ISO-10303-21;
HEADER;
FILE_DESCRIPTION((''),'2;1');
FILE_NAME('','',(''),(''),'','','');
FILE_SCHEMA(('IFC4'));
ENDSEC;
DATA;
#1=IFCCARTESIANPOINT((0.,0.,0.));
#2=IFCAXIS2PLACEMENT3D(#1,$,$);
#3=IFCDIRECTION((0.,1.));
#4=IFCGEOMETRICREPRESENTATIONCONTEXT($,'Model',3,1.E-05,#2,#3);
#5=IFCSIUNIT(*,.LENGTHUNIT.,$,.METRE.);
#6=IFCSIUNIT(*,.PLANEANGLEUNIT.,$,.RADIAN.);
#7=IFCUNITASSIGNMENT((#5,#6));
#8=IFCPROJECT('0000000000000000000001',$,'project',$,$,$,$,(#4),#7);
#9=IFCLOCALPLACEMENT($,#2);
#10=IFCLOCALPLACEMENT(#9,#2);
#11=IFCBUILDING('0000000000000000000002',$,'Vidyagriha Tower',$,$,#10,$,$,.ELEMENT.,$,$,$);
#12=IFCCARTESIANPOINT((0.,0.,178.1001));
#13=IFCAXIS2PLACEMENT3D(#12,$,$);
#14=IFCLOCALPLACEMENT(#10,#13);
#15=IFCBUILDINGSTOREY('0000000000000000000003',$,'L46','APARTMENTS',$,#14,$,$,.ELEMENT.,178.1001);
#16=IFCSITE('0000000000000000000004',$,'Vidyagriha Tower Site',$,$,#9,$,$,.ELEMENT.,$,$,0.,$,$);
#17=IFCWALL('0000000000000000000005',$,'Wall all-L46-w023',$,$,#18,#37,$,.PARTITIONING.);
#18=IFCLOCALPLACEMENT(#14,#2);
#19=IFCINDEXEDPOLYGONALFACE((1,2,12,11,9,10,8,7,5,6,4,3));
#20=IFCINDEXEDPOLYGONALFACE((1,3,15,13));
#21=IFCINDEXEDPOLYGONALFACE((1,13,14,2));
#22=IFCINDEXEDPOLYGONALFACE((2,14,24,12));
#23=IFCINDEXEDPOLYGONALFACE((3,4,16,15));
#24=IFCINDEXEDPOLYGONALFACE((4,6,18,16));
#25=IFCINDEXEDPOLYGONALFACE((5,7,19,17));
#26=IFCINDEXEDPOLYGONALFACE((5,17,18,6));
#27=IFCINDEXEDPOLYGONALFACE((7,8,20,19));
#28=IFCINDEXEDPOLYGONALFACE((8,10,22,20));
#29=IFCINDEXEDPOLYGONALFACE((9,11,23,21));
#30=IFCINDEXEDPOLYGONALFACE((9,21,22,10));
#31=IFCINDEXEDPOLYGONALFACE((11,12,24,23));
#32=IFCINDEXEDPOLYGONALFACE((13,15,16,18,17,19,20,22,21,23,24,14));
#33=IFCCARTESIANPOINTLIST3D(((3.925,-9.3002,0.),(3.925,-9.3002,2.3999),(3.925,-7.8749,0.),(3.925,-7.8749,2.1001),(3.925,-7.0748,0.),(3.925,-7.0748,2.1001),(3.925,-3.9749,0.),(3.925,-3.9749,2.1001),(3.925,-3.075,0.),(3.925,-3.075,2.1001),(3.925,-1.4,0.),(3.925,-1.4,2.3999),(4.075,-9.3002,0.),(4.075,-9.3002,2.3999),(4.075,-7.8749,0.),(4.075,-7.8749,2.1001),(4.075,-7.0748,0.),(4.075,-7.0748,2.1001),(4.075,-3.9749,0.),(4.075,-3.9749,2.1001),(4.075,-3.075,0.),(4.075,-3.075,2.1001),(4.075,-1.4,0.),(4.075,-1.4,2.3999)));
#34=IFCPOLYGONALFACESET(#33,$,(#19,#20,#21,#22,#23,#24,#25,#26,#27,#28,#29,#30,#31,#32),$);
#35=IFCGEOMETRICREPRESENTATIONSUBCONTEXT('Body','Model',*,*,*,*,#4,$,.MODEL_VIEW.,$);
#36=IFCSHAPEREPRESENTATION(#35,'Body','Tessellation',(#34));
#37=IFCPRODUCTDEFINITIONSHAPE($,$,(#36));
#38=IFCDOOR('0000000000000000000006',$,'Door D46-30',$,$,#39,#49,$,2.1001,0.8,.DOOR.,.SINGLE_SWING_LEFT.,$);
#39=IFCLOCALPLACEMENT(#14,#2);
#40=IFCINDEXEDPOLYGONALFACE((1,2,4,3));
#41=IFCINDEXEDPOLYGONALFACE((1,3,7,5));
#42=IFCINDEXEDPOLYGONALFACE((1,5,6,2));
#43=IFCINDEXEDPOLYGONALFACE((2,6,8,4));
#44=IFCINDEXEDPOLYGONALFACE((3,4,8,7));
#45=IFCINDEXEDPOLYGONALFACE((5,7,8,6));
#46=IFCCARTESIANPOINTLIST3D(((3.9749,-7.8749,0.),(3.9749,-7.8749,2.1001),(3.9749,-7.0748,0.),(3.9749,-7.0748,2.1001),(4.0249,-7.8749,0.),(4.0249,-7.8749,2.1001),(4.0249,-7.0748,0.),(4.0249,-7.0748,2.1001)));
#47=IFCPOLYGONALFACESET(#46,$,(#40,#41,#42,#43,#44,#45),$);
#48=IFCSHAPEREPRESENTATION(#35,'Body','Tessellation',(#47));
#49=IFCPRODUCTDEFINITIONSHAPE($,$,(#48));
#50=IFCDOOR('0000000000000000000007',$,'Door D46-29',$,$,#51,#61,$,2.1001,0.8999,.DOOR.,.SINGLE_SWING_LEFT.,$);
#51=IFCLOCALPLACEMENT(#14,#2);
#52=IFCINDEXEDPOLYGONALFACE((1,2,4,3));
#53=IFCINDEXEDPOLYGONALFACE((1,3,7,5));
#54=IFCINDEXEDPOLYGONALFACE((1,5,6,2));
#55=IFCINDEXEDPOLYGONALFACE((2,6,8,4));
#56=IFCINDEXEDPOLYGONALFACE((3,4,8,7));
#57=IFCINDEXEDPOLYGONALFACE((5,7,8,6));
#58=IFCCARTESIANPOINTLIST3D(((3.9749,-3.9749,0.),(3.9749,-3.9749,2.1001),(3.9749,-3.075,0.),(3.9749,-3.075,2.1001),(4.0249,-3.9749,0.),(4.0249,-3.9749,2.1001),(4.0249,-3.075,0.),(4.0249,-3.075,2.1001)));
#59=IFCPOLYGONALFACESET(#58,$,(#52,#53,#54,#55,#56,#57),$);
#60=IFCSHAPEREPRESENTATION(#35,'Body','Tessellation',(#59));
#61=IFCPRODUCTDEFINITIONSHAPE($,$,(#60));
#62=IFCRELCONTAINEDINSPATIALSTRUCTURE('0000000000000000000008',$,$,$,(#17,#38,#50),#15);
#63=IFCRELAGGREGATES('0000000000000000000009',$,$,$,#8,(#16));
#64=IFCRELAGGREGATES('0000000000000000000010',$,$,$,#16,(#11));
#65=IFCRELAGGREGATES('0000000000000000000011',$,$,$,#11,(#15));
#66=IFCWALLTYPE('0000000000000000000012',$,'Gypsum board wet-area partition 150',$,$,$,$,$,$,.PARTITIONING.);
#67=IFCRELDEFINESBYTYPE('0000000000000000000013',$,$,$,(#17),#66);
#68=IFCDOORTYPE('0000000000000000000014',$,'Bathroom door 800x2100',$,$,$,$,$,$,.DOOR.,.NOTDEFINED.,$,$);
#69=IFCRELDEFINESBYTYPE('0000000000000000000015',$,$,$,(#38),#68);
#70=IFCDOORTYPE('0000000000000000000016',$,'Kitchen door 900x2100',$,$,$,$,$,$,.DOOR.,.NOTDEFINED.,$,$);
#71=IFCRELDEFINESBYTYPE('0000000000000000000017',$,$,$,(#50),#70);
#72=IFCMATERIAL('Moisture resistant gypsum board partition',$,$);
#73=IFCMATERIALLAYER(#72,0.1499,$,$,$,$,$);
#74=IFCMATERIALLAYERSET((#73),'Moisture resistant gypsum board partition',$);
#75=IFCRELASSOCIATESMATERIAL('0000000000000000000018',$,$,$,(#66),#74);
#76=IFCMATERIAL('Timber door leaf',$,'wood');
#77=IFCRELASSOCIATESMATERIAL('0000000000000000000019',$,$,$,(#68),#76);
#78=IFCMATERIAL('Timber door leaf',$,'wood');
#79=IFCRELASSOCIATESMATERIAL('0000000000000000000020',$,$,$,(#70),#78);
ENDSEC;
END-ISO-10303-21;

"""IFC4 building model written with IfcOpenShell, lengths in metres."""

from ifc_helpers import new_model, si_unit, direction, frame, frame_2d, origin, place, context, subcontext, project, spatial, rectangle, extrude, material, layer, layer_set, type_object, element, fill, save


model = new_model("IFC4")

# Units and contexts
model_context = context("Model", 3, precision=1e-05, world=origin(), true_north=direction((0.0, 1.0)))
body_context = subcontext(model_context, "Body", "Model", "MODEL_VIEW")
ifc_project = project(units=[si_unit("LENGTHUNIT", "METRE"), si_unit("PLANEANGLEUNIT", "RADIAN")], contexts=[model_context])

# Site, building, storey
site_placement = place(None, origin())
site = spatial("IfcSite", under=ifc_project, at=site_placement, Name="Vidyagriha Tower Site", CompositionType="ELEMENT", RefElevation=0.0)
building_placement = place(site_placement, origin())
building = spatial("IfcBuilding", under=site, at=building_placement, Name="Vidyagriha Tower", CompositionType="ELEMENT")
storey_placement = place(building_placement, frame((0.0, 0.0, 178.1001)))
storey = spatial("IfcBuildingStorey", under=building, at=storey_placement, Name="L46", Description="APARTMENTS", CompositionType="ELEMENT", Elevation=178.1001)

# Wall, openings, doors
ifc_material_1 = material(Name="Moisture resistant gypsum board partition")
ifc_layer_1 = layer(ifc_material_1, 0.1499)
ifc_layer_set_1 = layer_set([ifc_layer_1], Name="Moisture resistant gypsum board partition")
wall_type_1 = type_object("IfcWallType", Name="Gypsum board wet-area partition 150", PredefinedType="PARTITIONING", material=ifc_layer_set_1)
wall_1_placement = place(storey_placement, frame((4.0, -1.3999, 0.0), z_axis=(0.0, 0.0, 1.0), x_axis=(0.0, -1.0, 0.0)))
wall_1 = element("IfcWall", 1, at=wall_1_placement, inside=storey, type_object=wall_type_1, Name="Wall all-L46-w023", PredefinedType="PARTITIONING", context=body_context, shape_type="SweptSolid", body=[
    extrude(rectangle(XDim=7.9001, YDim=0.1499, at=frame_2d((3.9502, 0.0))), origin(), (0.0, 0.0, 1.0), 2.3999),
])
opening_1_placement = place(wall_1_placement, frame((1.675, 0.0, 0.0)))
opening_1 = element("IfcOpeningElement", 2, at=opening_1_placement, cuts=wall_1, PredefinedType="OPENING", context=body_context, shape_type="SweptSolid", body=[
    extrude(rectangle(XDim=0.8999, YDim=2.1001, at=frame_2d((0.45, 1.05))), frame((0.0, 0.085, 0.0), z_axis=(0.0, -1.0, 0.0), x_axis=(1.0, 0.0, 0.0)), (0.0, 0.0, 1.0), 0.1699),
])
opening_2_placement = place(wall_1_placement, frame((5.675, 0.0, 0.0)))
opening_2 = element("IfcOpeningElement", 3, at=opening_2_placement, cuts=wall_1, PredefinedType="OPENING", context=body_context, shape_type="SweptSolid", body=[
    extrude(rectangle(XDim=0.8, YDim=2.1001, at=frame_2d((0.3999, 1.05))), frame((0.0, 0.085, 0.0), z_axis=(0.0, -1.0, 0.0), x_axis=(1.0, 0.0, 0.0)), (0.0, 0.0, 1.0), 0.1699),
])
ifc_material_2 = material(Name="Timber door leaf", Category="wood")
door_type_1 = type_object("IfcDoorType", Name="Bathroom door 800x2100", OperationType="NOTDEFINED", PredefinedType="DOOR", material=ifc_material_2)
door_1_placement = place(opening_2_placement, origin())
door_1 = element("IfcDoor", 4, at=door_1_placement, inside=storey, type_object=door_type_1, Name="Door D46-30", OperationType="SINGLE_SWING_LEFT", OverallHeight=2.1001, OverallWidth=0.8, PredefinedType="DOOR", context=body_context, shape_type="SweptSolid", body=[
    extrude(rectangle(XDim=0.8, YDim=2.1001, at=frame_2d((0.3999, 1.05))), frame((0.0, 0.0249, 0.0), z_axis=(0.0, -1.0, 0.0), x_axis=(1.0, 0.0, 0.0)), (0.0, 0.0, 1.0), 0.05),
])
fill(opening_2, door_1)
ifc_material_3 = material(Name="Timber door leaf", Category="wood")
door_type_2 = type_object("IfcDoorType", Name="Kitchen door 900x2100", OperationType="NOTDEFINED", PredefinedType="DOOR", material=ifc_material_3)
door_2_placement = place(opening_1_placement, origin())
door_2 = element("IfcDoor", 5, at=door_2_placement, inside=storey, type_object=door_type_2, Name="Door D46-29", OperationType="SINGLE_SWING_LEFT", OverallHeight=2.1001, OverallWidth=0.8999, PredefinedType="DOOR", context=body_context, shape_type="SweptSolid", body=[
    extrude(rectangle(XDim=0.8999, YDim=2.1001, at=frame_2d((0.45, 1.05))), frame((0.0, 0.0249, 0.0), z_axis=(0.0, -1.0, 0.0), x_axis=(1.0, 0.0, 0.0)), (0.0, 0.0, 1.0), 0.05),
])
fill(opening_1, door_2)

save(model, "model.ifc")
